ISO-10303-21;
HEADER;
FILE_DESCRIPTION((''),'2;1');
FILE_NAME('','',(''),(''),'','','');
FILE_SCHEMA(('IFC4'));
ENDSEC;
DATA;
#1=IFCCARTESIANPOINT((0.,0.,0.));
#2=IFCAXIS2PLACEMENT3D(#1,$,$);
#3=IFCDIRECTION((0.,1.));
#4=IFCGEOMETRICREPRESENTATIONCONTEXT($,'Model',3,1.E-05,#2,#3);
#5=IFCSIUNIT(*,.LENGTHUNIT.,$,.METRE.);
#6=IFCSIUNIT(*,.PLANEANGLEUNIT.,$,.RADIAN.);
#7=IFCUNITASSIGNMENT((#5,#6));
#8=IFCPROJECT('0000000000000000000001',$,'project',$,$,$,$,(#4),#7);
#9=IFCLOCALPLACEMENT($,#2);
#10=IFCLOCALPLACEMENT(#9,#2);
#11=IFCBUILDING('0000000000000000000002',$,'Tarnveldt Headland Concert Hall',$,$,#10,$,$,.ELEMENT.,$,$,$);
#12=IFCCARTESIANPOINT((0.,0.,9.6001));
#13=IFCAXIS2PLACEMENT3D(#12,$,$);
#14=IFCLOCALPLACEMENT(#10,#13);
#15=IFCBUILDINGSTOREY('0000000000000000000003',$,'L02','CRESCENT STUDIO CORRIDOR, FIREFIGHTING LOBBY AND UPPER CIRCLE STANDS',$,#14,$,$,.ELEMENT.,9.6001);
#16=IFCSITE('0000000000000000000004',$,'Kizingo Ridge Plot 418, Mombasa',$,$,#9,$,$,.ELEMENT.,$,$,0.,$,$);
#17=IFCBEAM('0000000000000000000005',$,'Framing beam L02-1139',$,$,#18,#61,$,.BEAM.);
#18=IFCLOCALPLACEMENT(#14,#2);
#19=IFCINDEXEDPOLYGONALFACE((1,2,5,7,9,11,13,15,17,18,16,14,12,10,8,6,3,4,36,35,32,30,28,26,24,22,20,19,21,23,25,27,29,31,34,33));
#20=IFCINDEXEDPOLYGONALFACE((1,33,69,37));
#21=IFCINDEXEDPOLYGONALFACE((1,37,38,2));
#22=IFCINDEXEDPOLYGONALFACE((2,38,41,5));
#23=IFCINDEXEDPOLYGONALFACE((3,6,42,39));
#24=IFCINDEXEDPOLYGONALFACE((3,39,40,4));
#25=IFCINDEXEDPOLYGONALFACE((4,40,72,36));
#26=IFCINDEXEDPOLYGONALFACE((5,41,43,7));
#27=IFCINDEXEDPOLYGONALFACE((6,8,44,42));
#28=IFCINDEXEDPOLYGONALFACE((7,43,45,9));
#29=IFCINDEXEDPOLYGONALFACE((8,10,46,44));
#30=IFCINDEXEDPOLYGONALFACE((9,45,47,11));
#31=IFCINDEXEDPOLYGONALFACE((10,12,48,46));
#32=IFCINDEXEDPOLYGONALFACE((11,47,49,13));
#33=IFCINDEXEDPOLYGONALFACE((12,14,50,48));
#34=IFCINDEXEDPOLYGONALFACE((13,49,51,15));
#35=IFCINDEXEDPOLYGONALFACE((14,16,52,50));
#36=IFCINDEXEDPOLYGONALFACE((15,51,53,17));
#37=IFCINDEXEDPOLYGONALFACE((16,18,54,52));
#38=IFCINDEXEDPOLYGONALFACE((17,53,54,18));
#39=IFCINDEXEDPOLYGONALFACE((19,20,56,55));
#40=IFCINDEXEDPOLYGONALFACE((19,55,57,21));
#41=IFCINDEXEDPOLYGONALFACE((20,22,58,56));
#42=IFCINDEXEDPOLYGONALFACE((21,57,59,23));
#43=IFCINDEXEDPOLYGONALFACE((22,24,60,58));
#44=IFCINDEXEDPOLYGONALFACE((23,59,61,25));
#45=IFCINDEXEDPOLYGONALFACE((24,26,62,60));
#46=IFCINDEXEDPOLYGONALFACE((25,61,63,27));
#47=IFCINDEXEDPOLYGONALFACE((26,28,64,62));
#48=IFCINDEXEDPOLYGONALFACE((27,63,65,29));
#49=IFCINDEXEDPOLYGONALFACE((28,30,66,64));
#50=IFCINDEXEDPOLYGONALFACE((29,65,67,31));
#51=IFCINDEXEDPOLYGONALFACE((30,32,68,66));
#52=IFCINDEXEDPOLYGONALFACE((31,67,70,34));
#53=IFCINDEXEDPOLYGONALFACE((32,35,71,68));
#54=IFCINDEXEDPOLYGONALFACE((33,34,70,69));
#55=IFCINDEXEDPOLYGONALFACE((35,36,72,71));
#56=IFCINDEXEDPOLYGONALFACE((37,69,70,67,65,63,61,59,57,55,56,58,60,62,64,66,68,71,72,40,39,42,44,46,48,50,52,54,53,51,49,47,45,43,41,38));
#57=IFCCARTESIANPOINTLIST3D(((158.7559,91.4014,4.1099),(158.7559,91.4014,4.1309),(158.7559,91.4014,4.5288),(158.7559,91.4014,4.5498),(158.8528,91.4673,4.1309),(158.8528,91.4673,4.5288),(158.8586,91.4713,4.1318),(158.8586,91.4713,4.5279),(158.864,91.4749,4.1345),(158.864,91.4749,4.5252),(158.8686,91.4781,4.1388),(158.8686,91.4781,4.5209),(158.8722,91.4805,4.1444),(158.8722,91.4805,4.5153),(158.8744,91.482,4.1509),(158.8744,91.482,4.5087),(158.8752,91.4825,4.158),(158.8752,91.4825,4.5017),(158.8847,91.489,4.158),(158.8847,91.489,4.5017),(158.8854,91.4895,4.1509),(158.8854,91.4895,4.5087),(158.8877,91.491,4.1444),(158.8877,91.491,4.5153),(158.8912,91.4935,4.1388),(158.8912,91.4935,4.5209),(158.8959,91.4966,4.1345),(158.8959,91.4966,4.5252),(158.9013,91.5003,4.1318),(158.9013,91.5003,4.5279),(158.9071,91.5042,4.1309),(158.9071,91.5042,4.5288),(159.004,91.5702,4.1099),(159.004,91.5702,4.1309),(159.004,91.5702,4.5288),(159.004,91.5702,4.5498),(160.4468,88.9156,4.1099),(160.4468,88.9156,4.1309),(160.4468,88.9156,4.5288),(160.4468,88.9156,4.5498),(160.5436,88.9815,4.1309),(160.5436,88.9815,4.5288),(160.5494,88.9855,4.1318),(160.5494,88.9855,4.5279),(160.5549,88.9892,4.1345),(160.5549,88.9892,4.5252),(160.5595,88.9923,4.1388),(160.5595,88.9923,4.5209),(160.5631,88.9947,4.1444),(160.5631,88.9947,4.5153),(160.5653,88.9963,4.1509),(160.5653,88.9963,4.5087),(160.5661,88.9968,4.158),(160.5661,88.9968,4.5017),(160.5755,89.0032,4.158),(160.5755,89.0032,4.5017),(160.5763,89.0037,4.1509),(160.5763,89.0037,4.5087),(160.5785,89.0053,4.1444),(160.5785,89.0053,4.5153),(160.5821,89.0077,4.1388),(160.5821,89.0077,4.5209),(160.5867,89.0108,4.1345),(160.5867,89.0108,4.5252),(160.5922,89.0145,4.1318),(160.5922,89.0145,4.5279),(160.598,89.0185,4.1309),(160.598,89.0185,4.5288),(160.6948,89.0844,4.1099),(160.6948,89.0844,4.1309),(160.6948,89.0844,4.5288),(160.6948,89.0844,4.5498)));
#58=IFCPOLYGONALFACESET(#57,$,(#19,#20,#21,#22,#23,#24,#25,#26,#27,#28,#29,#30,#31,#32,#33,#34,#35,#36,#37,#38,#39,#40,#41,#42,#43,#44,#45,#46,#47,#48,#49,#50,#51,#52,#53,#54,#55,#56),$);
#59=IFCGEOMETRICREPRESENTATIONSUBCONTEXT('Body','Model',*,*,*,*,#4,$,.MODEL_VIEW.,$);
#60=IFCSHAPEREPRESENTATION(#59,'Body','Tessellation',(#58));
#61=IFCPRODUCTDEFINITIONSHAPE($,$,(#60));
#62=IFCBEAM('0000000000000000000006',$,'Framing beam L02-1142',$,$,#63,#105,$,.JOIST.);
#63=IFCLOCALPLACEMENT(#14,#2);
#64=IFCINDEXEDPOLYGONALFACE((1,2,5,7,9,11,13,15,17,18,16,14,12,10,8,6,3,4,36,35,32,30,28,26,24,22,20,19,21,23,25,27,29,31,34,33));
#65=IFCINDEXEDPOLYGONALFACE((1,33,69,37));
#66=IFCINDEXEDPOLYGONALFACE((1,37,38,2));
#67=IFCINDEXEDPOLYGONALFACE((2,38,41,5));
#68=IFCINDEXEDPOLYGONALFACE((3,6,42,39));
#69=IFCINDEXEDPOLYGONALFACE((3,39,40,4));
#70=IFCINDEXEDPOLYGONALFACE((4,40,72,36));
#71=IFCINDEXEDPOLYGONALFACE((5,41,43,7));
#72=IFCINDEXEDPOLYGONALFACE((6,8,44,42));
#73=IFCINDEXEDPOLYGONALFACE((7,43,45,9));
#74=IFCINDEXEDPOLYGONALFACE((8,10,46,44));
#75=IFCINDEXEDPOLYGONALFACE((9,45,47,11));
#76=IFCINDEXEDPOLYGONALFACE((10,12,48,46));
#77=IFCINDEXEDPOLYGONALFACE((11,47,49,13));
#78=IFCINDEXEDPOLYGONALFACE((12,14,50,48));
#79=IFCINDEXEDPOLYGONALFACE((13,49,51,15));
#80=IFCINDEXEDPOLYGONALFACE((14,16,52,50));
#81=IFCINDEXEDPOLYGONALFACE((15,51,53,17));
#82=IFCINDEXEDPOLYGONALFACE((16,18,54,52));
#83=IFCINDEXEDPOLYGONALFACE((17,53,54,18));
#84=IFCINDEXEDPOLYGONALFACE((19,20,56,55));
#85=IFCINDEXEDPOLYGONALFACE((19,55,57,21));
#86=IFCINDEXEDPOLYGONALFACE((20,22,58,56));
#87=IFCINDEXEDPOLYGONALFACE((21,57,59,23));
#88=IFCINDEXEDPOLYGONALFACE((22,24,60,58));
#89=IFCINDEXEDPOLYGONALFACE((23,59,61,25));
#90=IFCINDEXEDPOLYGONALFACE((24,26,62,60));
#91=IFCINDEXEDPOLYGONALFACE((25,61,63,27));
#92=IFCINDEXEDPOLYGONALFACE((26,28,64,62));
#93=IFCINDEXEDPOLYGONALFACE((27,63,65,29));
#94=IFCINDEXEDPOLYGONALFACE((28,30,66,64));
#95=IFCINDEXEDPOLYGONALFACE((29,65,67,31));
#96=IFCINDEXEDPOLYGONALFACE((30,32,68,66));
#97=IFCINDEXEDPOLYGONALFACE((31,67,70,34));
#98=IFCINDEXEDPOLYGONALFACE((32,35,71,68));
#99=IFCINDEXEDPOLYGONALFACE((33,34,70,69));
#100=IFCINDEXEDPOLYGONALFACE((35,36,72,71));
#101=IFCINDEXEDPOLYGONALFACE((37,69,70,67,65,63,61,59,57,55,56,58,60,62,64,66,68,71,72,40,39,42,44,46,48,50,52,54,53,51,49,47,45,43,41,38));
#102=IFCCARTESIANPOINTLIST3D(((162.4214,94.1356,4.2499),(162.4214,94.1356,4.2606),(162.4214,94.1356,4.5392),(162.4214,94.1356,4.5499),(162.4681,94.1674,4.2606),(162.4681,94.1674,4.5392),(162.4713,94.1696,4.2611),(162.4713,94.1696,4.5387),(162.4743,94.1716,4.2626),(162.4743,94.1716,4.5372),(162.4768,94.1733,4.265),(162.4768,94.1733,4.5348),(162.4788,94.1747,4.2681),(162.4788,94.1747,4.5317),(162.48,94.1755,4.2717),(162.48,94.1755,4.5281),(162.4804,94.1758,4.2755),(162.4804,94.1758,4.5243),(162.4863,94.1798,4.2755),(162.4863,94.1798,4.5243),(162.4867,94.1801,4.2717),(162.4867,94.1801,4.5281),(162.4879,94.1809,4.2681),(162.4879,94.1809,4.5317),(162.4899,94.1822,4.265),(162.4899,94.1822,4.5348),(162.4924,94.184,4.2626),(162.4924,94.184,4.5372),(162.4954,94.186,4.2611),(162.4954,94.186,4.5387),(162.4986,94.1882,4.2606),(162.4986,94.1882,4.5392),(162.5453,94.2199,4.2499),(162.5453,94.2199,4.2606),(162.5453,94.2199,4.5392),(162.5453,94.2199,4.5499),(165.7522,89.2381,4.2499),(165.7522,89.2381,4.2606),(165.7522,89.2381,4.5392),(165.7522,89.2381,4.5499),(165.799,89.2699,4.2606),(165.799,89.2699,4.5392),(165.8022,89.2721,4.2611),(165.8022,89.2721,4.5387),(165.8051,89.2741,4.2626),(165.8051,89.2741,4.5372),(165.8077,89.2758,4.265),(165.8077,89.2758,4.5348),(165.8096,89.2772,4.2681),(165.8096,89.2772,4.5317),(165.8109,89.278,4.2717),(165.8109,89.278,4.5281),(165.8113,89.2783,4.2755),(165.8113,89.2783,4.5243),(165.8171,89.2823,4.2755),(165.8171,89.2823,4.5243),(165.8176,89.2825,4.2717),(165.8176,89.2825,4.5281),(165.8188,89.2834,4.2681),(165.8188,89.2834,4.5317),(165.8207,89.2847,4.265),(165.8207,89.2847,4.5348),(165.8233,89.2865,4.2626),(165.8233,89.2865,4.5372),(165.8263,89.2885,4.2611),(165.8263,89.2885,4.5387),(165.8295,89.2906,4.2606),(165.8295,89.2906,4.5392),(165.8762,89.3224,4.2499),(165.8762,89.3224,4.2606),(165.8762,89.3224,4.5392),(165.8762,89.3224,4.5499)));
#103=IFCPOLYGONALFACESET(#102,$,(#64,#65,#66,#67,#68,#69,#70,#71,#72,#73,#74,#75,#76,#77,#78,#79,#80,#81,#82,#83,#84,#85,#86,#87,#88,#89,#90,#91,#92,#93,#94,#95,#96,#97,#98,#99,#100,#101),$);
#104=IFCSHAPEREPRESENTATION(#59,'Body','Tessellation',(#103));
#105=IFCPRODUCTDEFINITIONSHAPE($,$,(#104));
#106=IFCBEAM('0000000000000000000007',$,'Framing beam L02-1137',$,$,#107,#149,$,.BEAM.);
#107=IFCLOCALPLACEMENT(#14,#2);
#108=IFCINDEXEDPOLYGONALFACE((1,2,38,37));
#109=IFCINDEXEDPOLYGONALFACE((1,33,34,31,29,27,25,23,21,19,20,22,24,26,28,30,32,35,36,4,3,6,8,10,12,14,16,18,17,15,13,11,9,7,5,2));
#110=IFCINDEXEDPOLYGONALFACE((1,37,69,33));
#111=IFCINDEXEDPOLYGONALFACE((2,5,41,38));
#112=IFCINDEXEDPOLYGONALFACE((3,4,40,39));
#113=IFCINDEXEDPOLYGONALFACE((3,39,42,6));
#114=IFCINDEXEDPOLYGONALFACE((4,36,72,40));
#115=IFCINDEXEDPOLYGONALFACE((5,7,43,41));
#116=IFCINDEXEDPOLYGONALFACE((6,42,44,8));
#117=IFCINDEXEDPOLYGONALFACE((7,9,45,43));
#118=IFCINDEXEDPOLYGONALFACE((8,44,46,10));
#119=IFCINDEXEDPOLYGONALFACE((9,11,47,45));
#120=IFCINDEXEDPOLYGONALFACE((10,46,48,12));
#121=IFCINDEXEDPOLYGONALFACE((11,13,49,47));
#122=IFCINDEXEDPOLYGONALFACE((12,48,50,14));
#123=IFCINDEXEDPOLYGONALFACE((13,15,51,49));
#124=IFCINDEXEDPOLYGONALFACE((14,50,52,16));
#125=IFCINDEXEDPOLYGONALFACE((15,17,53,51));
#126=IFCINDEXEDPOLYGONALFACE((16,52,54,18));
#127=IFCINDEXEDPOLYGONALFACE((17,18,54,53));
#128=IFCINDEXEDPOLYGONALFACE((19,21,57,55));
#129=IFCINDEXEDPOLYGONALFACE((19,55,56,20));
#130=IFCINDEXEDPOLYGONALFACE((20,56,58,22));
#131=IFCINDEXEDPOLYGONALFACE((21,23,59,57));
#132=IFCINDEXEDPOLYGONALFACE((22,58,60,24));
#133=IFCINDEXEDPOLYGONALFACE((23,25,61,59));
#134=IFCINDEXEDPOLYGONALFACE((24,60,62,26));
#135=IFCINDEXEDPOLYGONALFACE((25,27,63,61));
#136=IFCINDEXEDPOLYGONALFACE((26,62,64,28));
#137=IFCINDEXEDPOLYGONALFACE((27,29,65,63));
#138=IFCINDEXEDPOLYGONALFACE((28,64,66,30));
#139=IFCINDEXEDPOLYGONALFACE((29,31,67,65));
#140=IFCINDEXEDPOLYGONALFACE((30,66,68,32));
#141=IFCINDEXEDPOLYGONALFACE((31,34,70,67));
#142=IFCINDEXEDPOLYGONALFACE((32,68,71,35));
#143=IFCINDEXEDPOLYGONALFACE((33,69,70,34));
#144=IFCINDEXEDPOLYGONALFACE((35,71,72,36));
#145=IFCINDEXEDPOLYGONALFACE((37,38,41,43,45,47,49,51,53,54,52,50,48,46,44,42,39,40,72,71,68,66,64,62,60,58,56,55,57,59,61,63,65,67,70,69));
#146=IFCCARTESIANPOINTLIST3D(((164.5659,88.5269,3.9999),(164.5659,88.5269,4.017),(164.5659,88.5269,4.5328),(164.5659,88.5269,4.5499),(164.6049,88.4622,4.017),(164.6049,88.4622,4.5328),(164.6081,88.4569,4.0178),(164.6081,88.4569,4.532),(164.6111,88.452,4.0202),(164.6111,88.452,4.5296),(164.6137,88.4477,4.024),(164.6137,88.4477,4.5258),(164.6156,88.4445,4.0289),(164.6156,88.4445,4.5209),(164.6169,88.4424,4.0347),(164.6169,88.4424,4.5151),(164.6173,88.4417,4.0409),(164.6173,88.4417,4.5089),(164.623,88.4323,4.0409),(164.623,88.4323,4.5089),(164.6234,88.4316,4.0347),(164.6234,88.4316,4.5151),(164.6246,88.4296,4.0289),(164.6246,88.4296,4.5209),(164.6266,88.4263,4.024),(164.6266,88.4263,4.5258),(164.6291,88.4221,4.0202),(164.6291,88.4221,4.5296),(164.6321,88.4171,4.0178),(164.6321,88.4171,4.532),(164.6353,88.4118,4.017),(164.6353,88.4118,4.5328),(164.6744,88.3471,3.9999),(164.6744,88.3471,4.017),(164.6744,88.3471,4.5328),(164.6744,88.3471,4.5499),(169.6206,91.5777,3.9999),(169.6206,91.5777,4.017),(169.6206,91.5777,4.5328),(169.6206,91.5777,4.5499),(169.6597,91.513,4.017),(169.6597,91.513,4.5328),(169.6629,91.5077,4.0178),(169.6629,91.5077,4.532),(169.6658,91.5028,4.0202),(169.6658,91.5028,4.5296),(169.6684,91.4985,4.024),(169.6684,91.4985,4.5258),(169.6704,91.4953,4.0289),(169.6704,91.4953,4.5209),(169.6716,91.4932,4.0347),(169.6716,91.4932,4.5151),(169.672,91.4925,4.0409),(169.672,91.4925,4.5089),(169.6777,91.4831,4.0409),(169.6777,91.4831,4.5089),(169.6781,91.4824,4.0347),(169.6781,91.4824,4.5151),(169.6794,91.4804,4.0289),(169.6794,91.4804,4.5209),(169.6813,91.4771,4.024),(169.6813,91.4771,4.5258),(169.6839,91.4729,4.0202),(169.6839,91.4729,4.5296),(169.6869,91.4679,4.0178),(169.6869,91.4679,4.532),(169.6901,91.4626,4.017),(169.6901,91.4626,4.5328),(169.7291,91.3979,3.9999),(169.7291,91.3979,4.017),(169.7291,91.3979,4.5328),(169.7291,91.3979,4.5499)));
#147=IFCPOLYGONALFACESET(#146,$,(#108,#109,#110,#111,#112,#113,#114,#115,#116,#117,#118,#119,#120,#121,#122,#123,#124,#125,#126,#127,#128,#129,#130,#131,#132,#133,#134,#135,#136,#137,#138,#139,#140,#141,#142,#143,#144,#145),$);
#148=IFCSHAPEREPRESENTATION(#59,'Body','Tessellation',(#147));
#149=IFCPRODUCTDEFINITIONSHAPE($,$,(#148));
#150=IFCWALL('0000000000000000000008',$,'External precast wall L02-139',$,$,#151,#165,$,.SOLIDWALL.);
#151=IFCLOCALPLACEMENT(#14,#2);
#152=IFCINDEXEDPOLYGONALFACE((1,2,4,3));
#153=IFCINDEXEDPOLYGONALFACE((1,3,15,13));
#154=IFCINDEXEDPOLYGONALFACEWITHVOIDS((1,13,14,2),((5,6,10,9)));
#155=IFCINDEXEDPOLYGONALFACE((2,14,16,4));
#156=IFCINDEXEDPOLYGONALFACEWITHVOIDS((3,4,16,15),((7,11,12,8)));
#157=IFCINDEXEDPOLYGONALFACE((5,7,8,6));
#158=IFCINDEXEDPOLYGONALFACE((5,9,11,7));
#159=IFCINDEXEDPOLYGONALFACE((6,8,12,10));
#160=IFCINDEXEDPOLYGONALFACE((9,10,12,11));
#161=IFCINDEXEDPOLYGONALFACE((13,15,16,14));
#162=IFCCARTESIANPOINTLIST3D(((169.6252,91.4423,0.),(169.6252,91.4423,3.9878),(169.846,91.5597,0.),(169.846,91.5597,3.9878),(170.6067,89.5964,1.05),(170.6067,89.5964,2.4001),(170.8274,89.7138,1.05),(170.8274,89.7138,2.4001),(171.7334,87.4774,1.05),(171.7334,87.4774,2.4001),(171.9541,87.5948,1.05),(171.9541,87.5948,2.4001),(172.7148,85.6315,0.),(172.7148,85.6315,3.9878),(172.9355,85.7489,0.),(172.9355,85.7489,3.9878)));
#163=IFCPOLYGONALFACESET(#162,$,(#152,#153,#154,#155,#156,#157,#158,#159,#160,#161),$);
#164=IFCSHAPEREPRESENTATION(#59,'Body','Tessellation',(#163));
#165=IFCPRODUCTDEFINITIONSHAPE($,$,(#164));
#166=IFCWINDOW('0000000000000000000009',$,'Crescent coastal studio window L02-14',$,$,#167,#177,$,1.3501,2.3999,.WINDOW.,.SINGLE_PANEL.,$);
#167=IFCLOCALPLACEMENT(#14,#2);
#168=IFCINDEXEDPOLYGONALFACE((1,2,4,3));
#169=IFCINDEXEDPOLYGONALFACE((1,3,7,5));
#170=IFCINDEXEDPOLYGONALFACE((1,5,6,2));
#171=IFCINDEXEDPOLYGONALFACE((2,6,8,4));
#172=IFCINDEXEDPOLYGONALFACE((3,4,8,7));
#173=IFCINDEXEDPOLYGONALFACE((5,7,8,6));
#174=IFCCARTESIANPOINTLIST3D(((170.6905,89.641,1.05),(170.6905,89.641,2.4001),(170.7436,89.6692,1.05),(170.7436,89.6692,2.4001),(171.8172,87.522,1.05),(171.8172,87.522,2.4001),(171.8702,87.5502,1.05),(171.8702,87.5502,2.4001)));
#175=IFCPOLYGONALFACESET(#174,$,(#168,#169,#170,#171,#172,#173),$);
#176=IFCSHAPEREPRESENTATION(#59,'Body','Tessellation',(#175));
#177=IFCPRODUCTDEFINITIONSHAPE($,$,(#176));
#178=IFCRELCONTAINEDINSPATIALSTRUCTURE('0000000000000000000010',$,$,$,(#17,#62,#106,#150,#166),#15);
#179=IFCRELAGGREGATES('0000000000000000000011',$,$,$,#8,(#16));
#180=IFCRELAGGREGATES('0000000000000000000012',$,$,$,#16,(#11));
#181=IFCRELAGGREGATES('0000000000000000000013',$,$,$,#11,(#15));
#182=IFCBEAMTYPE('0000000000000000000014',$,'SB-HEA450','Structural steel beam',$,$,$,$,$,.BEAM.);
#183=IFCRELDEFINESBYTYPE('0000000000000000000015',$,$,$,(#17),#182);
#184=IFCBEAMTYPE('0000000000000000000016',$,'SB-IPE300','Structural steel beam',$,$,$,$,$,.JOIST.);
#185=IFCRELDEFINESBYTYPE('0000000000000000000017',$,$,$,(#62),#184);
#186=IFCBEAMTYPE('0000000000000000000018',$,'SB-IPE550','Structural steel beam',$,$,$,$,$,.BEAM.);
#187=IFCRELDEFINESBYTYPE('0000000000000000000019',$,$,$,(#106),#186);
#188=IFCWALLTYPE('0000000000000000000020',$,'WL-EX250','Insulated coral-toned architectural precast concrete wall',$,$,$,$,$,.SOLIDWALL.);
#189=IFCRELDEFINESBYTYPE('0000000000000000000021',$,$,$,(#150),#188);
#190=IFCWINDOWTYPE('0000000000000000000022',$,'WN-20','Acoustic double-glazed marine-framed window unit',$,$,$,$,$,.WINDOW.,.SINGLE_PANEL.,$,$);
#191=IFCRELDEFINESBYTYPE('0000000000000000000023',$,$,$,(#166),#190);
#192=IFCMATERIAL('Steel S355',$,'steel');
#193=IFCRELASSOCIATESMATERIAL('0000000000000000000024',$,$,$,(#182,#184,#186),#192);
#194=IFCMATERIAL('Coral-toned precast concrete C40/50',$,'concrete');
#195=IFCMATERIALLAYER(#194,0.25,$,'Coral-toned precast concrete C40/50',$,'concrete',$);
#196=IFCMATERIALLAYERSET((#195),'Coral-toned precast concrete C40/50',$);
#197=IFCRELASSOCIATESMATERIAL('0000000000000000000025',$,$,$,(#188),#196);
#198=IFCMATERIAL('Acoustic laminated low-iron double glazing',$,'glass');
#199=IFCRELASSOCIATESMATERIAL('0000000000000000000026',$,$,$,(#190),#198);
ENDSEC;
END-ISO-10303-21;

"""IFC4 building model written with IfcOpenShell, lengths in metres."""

from ifc_helpers import new_model, si_unit, direction, frame, frame_2d, origin, origin_2d, place, context, subcontext, project, spatial, rectangle, i_section, extrude, material, layer, layer_set, material_profile, profile_set, type_object, element, fill, save


model = new_model("IFC4")

# Units and contexts
model_context = context("Model", 3, precision=1e-05, world=origin(), true_north=direction((0.0, 1.0)))
body_context = subcontext(model_context, "Body", "Model", "MODEL_VIEW")
ifc_project = project(units=[si_unit("LENGTHUNIT", "METRE"), si_unit("PLANEANGLEUNIT", "RADIAN")], contexts=[model_context])

# Site, building, storey
site_placement = place(None, origin())
site = spatial("IfcSite", under=ifc_project, at=site_placement, Name="Kizingo Ridge Plot 418, Mombasa", CompositionType="ELEMENT", RefElevation=0.0)
building_placement = place(site_placement, origin())
building = spatial("IfcBuilding", under=site, at=building_placement, Name="Tarnveldt Headland Concert Hall", CompositionType="ELEMENT")
storey_placement = place(building_placement, frame((0.0, 0.0, 9.6001)))
storey = spatial("IfcBuildingStorey", under=building, at=storey_placement, Name="L02", Description="CRESCENT STUDIO CORRIDOR, FIREFIGHTING LOBBY AND UPPER CIRCLE STANDS", CompositionType="ELEMENT", Elevation=9.6001)

# Shared definitions
ifc_material_1 = material(Name="Steel S355", Category="steel")

# Beams
ifc_material_profile_1 = material_profile(ifc_material_1, i_section(OverallWidth=0.3, OverallDepth=0.4399, WebThickness=0.0115, FlangeThickness=0.021, FilletRadius=0.0271, at=origin_2d()), Name="HEA450", Category="steel")
ifc_profile_set_1 = profile_set([ifc_material_profile_1], Name="Steel S355")
beam_type_1 = type_object("IfcBeamType", Name="SB-HEA450", Description="Structural steel beam", PredefinedType="BEAM", material=ifc_profile_set_1)
beam_1_placement = place(storey_placement, frame((160.5708, 89.0, 4.3298), z_axis=(-0.562434, 0.826842, 0.0), x_axis=(-0.826842, -0.562434, 0.0)))
element("IfcBeam", 1, at=beam_1_placement, inside=storey, type_object=beam_type_1, Name="Framing beam L02-1139", PredefinedType="BEAM", context=body_context, shape_type="SweptSolid", body=[
    extrude(i_section(OverallWidth=0.3, OverallDepth=0.4399, WebThickness=0.0115, FlangeThickness=0.021, FilletRadius=0.0271, at=origin_2d()), origin(), (0.0, 0.0, 1.0), 3.0063),
])
ifc_material_profile_2 = material_profile(ifc_material_1, i_section(OverallWidth=0.1499, OverallDepth=0.3, WebThickness=0.0071, FlangeThickness=0.0107, FilletRadius=0.0149, at=origin_2d()), Name="IPE300", Category="steel")
ifc_profile_set_2 = profile_set([ifc_material_profile_2], Name="Steel S355")
beam_type_2 = type_object("IfcBeamType", Name="SB-IPE300", Description="Structural steel beam", PredefinedType="JOIST", material=ifc_profile_set_2)
beam_2_placement = place(storey_placement, frame((165.8142, 89.2803, 4.3999), z_axis=(-0.562372, 0.826884, 0.0), x_axis=(-0.826884, -0.562372, 0.0)))
element("IfcBeam", 2, at=beam_2_placement, inside=storey, type_object=beam_type_2, Name="Framing beam L02-1142", PredefinedType="JOIST", context=body_context, shape_type="SweptSolid", body=[
    extrude(i_section(OverallWidth=0.1499, OverallDepth=0.3, WebThickness=0.0071, FlangeThickness=0.0107, FilletRadius=0.0149, at=origin_2d()), origin(), (0.0, 0.0, 1.0), 5.9229),
])
ifc_material_profile_3 = material_profile(ifc_material_1, i_section(OverallWidth=0.21, OverallDepth=0.55, WebThickness=0.011, FlangeThickness=0.0171, FilletRadius=0.0239, at=origin_2d()), Name="IPE550", Category="steel")
ifc_profile_set_3 = profile_set([ifc_material_profile_3], Name="Steel S355")
beam_type_3 = type_object("IfcBeamType", Name="SB-IPE550", Description="Structural steel beam", PredefinedType="BEAM", material=ifc_profile_set_3)
beam_3_placement = place(storey_placement, frame((164.6201, 88.437, 4.2749), z_axis=(0.856147, 0.516732, 0.0), x_axis=(-0.516732, 0.856147, 0.0)))
element("IfcBeam", 3, at=beam_3_placement, inside=storey, type_object=beam_type_3, Name="Framing beam L02-1137", PredefinedType="BEAM", context=body_context, shape_type="SweptSolid", body=[
    extrude(i_section(OverallWidth=0.21, OverallDepth=0.55, WebThickness=0.011, FlangeThickness=0.0171, FilletRadius=0.0239, at=origin_2d()), origin(), (0.0, 0.0, 1.0), 5.9041),
])

# Wall, opening, window
ifc_material_2 = material(Name="Coral-toned precast concrete C40/50", Category="concrete")
ifc_layer_1 = layer(ifc_material_2, 0.25, Name="Coral-toned precast concrete C40/50", Category="concrete")
ifc_layer_set_1 = layer_set([ifc_layer_1], Name="Coral-toned precast concrete C40/50")
wall_type_1 = type_object("IfcWallType", Name="WL-EX250", Description="Insulated coral-toned architectural precast concrete wall", PredefinedType="SOLIDWALL", material=ifc_layer_set_1)
wall_1_placement = place(storey_placement, frame((169.7356, 91.501, 0.0), z_axis=(0.0, 0.0, 1.0), x_axis=(0.469465, -0.882951, 0.0)))
wall_1 = element("IfcWall", 4, at=wall_1_placement, inside=storey, type_object=wall_type_1, Name="External precast wall L02-139", PredefinedType="SOLIDWALL", context=body_context, shape_type="SweptSolid", body=[
    extrude(rectangle(XDim=6.5811, YDim=0.25, at=frame_2d((3.2905, 0.0))), origin(), (0.0, 0.0, 1.0), 3.9878),
])
opening_1_placement = place(wall_1_placement, frame((2.0906, 0.0, 1.05)))
opening_1 = element("IfcOpeningElement", 5, at=opening_1_placement, cuts=wall_1, PredefinedType="OPENING", context=body_context, shape_type="SweptSolid", body=[
    extrude(rectangle(XDim=2.3999, YDim=1.3501, at=frame_2d((1.2, 0.675))), frame((0.0, 0.135, 0.0), z_axis=(0.0, -1.0, 0.0), x_axis=(1.0, 0.0, 0.0)), (0.0, 0.0, 1.0), 0.27),
])
ifc_material_3 = material(Name="Acoustic laminated low-iron double glazing", Category="glass")
window_type = type_object("IfcWindowType", Name="WN-20", Description="Acoustic double-glazed marine-framed window unit", PartitioningType="SINGLE_PANEL", PredefinedType="WINDOW", material=ifc_material_3)
window_placement = place(opening_1_placement, origin())
window = element("IfcWindow", 6, at=window_placement, inside=storey, type_object=window_type, Name="Crescent coastal studio window L02-14", OverallHeight=1.3501, OverallWidth=2.3999, PartitioningType="SINGLE_PANEL", PredefinedType="WINDOW", context=body_context, shape_type="SweptSolid", body=[
    extrude(rectangle(XDim=2.3999, YDim=1.3501, at=frame_2d((1.2, 0.675))), frame((0.0, 0.03, 0.0), z_axis=(0.0, -1.0, 0.0), x_axis=(1.0, 0.0, 0.0)), (0.0, 0.0, 1.0), 0.0601),
])
fill(opening_1, window)

save(model, "model.ifc")
